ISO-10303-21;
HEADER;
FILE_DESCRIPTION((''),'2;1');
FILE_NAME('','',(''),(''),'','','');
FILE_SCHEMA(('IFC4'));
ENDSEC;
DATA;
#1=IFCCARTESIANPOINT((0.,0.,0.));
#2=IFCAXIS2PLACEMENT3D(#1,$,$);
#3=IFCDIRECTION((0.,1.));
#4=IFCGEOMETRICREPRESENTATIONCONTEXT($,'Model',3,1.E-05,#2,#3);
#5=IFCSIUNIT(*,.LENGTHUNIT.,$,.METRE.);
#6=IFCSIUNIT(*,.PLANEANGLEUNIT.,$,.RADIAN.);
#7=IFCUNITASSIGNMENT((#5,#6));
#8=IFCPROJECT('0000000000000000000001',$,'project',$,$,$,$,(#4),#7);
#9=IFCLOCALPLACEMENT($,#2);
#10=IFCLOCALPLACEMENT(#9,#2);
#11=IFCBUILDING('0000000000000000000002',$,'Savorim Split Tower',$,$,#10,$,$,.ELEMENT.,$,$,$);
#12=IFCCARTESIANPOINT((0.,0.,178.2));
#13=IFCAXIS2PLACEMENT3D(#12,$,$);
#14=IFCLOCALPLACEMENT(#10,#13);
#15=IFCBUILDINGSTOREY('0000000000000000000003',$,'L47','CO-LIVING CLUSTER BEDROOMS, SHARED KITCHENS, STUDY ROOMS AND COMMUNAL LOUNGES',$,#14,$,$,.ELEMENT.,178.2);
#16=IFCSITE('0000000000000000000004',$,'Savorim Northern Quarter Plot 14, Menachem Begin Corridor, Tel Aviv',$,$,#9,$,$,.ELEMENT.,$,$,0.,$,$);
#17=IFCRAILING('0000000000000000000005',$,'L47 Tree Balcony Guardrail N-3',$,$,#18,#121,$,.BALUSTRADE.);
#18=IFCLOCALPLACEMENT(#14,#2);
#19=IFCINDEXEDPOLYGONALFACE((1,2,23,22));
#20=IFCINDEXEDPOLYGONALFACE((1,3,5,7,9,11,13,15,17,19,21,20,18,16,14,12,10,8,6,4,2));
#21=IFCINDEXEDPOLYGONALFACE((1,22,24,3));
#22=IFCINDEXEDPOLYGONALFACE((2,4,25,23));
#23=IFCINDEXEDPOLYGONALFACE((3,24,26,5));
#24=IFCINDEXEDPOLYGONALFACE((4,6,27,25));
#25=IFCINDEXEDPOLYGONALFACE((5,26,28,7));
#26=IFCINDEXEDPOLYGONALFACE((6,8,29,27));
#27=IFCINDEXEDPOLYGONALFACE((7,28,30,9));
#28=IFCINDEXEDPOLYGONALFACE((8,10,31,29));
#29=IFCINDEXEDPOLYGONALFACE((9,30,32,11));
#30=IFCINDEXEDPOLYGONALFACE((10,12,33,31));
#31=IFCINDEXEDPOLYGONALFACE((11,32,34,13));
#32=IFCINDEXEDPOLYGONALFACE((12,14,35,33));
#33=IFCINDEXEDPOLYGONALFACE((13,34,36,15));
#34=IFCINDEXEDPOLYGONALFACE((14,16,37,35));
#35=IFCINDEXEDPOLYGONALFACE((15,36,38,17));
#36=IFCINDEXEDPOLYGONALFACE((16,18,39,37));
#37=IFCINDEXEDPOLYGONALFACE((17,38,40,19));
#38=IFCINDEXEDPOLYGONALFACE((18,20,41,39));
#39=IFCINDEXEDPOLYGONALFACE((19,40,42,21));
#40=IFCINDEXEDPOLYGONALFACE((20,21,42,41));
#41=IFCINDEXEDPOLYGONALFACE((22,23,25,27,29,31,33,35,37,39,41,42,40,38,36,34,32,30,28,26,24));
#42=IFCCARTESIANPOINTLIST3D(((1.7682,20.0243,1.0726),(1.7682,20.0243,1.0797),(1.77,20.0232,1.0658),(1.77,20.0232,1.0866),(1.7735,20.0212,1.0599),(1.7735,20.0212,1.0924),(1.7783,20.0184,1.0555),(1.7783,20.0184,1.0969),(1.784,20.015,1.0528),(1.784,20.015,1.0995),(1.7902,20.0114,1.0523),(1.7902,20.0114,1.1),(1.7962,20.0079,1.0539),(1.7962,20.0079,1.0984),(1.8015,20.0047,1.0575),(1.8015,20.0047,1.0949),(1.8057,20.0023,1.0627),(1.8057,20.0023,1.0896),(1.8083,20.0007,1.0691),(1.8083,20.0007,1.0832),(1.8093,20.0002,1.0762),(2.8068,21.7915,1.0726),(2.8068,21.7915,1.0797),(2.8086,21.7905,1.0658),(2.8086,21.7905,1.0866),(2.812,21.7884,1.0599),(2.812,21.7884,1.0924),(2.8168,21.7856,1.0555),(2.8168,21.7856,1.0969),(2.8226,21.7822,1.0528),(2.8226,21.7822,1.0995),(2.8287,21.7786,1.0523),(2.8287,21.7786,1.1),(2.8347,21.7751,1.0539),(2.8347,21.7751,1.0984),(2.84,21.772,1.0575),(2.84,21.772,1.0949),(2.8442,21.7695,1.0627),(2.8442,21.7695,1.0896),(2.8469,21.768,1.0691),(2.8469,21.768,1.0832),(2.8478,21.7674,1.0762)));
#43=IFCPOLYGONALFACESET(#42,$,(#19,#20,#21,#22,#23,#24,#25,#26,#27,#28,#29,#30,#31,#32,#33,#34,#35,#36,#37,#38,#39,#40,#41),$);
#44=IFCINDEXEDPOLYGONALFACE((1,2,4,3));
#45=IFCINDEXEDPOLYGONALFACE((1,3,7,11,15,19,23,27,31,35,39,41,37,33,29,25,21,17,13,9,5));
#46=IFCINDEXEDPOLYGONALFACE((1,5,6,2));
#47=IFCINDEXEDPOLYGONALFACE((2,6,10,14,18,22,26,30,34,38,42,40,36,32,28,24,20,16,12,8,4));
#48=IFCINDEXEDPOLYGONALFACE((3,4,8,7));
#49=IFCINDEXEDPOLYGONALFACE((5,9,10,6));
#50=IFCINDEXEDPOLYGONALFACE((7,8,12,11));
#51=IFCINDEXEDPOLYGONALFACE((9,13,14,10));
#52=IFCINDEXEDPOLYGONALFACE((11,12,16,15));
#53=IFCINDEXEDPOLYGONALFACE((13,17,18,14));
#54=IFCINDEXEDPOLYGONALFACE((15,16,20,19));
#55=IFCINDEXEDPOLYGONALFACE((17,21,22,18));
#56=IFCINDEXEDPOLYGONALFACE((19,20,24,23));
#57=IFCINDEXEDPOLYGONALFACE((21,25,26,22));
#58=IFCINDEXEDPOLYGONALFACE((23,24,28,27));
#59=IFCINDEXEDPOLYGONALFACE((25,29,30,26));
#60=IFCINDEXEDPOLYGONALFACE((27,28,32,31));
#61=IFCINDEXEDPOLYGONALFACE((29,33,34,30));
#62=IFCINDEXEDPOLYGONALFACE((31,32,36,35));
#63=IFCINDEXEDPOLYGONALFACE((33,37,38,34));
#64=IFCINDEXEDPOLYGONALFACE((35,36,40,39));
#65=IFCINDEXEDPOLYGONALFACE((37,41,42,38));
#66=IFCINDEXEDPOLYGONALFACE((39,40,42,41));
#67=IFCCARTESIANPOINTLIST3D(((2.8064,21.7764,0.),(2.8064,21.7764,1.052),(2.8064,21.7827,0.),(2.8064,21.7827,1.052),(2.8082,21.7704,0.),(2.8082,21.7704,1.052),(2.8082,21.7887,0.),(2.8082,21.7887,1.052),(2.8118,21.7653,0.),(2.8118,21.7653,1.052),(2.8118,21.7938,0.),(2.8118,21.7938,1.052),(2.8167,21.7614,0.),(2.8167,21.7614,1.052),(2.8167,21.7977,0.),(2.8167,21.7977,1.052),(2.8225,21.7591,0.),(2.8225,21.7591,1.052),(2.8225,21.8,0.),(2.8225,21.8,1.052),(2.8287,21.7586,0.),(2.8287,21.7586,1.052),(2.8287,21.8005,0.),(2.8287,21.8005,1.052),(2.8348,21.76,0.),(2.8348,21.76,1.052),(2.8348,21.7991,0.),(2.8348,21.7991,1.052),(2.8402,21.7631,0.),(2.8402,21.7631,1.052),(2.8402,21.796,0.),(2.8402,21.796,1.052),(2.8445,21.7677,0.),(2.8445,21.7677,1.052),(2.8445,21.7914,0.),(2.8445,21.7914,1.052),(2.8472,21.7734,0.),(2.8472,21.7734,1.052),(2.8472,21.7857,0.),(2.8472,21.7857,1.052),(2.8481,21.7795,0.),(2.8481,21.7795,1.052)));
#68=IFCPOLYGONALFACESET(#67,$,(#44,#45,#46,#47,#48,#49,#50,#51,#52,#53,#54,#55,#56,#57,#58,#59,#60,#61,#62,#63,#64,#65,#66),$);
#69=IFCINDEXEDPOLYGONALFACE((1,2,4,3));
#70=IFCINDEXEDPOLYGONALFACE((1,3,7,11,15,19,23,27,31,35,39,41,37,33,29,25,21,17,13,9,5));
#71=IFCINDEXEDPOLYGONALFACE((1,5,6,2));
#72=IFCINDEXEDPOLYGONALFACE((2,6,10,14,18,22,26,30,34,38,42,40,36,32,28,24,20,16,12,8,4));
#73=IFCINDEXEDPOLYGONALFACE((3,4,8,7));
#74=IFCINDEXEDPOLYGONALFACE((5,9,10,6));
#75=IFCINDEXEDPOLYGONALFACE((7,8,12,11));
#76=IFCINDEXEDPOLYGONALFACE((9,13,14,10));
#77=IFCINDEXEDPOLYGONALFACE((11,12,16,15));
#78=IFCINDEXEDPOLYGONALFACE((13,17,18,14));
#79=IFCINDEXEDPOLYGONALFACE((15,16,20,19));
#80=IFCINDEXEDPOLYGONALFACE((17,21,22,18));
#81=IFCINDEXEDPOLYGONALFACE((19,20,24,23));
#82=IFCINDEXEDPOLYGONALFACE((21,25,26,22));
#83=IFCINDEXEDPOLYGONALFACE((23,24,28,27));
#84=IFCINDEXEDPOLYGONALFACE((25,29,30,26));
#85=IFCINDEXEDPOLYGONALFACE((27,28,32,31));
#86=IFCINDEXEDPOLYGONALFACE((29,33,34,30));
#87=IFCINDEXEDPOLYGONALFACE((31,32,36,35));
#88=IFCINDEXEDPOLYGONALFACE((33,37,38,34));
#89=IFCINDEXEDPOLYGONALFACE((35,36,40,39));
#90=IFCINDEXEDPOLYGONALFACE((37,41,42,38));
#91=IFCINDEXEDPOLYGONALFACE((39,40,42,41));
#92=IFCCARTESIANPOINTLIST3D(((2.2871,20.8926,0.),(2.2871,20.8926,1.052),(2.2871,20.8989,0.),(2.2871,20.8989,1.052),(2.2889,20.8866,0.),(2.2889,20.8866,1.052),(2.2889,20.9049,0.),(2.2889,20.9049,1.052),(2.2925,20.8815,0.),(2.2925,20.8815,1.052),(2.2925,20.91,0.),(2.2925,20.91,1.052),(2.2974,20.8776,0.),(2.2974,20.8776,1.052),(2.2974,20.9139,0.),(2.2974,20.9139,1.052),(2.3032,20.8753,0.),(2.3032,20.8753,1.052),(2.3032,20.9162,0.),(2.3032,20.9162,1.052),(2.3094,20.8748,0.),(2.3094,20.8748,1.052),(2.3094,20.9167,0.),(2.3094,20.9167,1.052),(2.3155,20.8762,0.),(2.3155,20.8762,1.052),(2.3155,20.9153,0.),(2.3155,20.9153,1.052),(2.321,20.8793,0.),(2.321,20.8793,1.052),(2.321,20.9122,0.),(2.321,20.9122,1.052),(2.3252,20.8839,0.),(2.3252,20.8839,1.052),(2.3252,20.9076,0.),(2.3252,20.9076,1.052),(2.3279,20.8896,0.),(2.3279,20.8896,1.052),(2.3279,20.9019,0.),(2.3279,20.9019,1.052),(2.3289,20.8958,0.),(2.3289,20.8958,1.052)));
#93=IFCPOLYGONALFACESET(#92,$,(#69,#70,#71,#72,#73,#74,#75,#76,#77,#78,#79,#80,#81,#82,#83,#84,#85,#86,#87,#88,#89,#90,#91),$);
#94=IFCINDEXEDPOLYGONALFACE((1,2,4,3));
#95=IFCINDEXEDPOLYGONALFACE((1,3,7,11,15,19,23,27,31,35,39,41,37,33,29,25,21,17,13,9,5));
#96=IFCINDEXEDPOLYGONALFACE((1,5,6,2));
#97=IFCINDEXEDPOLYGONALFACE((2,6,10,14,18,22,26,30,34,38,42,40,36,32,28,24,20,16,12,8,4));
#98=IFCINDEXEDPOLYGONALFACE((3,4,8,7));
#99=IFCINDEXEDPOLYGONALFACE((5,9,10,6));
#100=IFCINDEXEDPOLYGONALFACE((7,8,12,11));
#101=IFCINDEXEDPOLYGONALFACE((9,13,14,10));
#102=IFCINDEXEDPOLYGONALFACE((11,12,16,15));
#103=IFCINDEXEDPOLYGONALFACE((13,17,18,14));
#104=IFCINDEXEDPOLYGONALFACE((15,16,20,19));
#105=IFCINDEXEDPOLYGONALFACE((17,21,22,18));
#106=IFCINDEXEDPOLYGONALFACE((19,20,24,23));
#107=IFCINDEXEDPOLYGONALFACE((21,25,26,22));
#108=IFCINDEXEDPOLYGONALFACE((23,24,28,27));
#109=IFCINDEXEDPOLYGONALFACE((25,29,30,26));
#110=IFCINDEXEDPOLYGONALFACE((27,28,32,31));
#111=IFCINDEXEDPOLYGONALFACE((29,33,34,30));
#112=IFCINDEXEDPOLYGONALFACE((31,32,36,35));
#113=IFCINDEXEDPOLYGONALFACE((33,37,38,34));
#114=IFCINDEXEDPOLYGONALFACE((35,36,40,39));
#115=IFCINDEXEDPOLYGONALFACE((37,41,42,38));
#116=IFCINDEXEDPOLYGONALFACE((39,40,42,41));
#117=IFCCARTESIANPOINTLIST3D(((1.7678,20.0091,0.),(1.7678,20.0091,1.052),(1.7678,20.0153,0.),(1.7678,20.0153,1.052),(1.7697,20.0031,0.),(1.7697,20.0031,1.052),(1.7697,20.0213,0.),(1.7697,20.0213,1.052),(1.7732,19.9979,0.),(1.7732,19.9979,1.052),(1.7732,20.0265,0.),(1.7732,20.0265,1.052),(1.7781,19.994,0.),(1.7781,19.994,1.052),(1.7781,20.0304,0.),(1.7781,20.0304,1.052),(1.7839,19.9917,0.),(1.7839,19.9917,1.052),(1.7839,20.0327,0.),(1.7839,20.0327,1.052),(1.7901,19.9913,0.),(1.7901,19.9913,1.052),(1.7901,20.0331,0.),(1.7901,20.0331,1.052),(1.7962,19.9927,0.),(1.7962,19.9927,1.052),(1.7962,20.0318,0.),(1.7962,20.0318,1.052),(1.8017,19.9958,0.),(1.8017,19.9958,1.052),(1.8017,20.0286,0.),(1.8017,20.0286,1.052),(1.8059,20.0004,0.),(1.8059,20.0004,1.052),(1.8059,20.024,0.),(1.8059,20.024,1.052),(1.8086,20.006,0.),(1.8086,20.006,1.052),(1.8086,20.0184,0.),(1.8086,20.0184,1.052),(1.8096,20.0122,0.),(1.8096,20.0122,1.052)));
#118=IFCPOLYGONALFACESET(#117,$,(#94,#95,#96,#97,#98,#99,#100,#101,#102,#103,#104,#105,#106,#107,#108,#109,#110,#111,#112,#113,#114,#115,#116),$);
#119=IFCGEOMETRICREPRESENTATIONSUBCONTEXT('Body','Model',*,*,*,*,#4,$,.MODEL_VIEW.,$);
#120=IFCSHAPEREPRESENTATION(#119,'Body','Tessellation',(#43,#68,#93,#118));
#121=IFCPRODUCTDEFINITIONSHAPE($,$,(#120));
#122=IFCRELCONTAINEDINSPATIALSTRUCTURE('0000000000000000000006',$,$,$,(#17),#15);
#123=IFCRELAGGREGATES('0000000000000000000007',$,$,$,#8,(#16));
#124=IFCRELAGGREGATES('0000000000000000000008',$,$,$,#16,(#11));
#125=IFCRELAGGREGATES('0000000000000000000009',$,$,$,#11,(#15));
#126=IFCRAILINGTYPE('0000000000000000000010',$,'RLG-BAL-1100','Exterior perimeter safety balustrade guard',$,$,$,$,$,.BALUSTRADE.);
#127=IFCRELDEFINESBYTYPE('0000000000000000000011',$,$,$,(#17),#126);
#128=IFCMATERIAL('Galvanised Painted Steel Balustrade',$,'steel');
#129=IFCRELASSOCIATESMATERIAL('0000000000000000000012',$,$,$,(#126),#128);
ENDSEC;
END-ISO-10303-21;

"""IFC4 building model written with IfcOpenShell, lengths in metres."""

from ifc_helpers import new_model, si_unit, direction, frame, origin, origin_2d, place, context, subcontext, project, spatial, circle, extrude, material, type_object, element, save


model = new_model("IFC4")

# Units and contexts
model_context = context("Model", 3, precision=1e-05, world=origin(), true_north=direction((0.0, 1.0)))
body_context = subcontext(model_context, "Body", "Model", "MODEL_VIEW")
ifc_project = project(units=[si_unit("LENGTHUNIT", "METRE"), si_unit("PLANEANGLEUNIT", "RADIAN")], contexts=[model_context])

# Site, building, storey
site_placement = place(None, origin())
site = spatial("IfcSite", under=ifc_project, at=site_placement, Name="Savorim Northern Quarter Plot 14, Menachem Begin Corridor, Tel Aviv", CompositionType="ELEMENT", RefElevation=0.0)
building_placement = place(site_placement, origin())
building = spatial("IfcBuilding", under=site, at=building_placement, Name="Savorim Split Tower", CompositionType="ELEMENT")
storey_placement = place(building_placement, frame((0.0, 0.0, 178.2)))
storey = spatial("IfcBuildingStorey", under=building, at=storey_placement, Name="L47", Description="CO-LIVING CLUSTER BEDROOMS, SHARED KITCHENS, STUDY ROOMS AND COMMUNAL LOUNGES", CompositionType="ELEMENT", Elevation=178.2)

# Railing
ifc_material_1 = material(Name="Galvanised Painted Steel Balustrade", Category="steel")
railing_type_1 = type_object("IfcRailingType", Name="RLG-BAL-1100", Description="Exterior perimeter safety balustrade guard", PredefinedType="BALUSTRADE", material=ifc_material_1)
railing_1_placement = place(storey_placement, frame((2.8271, 21.7795, 0.0)))
element("IfcRailing", 1, at=railing_1_placement, inside=storey, type_object=railing_type_1, Name="L47 Tree Balcony Guardrail N-3", PredefinedType="BALUSTRADE", context=body_context, shape_type="SweptSolid", body=[
    extrude(circle(Radius=0.0239, at=origin_2d()), frame((0.0, 0.0, 1.0762), z_axis=(-0.506645, -0.862155, 0.0), x_axis=(0.862155, -0.506645, 0.0)), (0.0, 0.0, 1.0), 2.0498),
    extrude(circle(Radius=0.021, at=origin_2d()), origin(), (0.0, 0.0, 1.0), 1.052),
    extrude(circle(Radius=0.021, at=origin_2d()), frame((-0.5193, -0.8838, 0.0)), (0.0, 0.0, 1.0), 1.052),
    extrude(circle(Radius=0.021, at=origin_2d()), frame((-1.0386, -1.7673, 0.0)), (0.0, 0.0, 1.0), 1.052),
])

save(model, "model.ifc")
